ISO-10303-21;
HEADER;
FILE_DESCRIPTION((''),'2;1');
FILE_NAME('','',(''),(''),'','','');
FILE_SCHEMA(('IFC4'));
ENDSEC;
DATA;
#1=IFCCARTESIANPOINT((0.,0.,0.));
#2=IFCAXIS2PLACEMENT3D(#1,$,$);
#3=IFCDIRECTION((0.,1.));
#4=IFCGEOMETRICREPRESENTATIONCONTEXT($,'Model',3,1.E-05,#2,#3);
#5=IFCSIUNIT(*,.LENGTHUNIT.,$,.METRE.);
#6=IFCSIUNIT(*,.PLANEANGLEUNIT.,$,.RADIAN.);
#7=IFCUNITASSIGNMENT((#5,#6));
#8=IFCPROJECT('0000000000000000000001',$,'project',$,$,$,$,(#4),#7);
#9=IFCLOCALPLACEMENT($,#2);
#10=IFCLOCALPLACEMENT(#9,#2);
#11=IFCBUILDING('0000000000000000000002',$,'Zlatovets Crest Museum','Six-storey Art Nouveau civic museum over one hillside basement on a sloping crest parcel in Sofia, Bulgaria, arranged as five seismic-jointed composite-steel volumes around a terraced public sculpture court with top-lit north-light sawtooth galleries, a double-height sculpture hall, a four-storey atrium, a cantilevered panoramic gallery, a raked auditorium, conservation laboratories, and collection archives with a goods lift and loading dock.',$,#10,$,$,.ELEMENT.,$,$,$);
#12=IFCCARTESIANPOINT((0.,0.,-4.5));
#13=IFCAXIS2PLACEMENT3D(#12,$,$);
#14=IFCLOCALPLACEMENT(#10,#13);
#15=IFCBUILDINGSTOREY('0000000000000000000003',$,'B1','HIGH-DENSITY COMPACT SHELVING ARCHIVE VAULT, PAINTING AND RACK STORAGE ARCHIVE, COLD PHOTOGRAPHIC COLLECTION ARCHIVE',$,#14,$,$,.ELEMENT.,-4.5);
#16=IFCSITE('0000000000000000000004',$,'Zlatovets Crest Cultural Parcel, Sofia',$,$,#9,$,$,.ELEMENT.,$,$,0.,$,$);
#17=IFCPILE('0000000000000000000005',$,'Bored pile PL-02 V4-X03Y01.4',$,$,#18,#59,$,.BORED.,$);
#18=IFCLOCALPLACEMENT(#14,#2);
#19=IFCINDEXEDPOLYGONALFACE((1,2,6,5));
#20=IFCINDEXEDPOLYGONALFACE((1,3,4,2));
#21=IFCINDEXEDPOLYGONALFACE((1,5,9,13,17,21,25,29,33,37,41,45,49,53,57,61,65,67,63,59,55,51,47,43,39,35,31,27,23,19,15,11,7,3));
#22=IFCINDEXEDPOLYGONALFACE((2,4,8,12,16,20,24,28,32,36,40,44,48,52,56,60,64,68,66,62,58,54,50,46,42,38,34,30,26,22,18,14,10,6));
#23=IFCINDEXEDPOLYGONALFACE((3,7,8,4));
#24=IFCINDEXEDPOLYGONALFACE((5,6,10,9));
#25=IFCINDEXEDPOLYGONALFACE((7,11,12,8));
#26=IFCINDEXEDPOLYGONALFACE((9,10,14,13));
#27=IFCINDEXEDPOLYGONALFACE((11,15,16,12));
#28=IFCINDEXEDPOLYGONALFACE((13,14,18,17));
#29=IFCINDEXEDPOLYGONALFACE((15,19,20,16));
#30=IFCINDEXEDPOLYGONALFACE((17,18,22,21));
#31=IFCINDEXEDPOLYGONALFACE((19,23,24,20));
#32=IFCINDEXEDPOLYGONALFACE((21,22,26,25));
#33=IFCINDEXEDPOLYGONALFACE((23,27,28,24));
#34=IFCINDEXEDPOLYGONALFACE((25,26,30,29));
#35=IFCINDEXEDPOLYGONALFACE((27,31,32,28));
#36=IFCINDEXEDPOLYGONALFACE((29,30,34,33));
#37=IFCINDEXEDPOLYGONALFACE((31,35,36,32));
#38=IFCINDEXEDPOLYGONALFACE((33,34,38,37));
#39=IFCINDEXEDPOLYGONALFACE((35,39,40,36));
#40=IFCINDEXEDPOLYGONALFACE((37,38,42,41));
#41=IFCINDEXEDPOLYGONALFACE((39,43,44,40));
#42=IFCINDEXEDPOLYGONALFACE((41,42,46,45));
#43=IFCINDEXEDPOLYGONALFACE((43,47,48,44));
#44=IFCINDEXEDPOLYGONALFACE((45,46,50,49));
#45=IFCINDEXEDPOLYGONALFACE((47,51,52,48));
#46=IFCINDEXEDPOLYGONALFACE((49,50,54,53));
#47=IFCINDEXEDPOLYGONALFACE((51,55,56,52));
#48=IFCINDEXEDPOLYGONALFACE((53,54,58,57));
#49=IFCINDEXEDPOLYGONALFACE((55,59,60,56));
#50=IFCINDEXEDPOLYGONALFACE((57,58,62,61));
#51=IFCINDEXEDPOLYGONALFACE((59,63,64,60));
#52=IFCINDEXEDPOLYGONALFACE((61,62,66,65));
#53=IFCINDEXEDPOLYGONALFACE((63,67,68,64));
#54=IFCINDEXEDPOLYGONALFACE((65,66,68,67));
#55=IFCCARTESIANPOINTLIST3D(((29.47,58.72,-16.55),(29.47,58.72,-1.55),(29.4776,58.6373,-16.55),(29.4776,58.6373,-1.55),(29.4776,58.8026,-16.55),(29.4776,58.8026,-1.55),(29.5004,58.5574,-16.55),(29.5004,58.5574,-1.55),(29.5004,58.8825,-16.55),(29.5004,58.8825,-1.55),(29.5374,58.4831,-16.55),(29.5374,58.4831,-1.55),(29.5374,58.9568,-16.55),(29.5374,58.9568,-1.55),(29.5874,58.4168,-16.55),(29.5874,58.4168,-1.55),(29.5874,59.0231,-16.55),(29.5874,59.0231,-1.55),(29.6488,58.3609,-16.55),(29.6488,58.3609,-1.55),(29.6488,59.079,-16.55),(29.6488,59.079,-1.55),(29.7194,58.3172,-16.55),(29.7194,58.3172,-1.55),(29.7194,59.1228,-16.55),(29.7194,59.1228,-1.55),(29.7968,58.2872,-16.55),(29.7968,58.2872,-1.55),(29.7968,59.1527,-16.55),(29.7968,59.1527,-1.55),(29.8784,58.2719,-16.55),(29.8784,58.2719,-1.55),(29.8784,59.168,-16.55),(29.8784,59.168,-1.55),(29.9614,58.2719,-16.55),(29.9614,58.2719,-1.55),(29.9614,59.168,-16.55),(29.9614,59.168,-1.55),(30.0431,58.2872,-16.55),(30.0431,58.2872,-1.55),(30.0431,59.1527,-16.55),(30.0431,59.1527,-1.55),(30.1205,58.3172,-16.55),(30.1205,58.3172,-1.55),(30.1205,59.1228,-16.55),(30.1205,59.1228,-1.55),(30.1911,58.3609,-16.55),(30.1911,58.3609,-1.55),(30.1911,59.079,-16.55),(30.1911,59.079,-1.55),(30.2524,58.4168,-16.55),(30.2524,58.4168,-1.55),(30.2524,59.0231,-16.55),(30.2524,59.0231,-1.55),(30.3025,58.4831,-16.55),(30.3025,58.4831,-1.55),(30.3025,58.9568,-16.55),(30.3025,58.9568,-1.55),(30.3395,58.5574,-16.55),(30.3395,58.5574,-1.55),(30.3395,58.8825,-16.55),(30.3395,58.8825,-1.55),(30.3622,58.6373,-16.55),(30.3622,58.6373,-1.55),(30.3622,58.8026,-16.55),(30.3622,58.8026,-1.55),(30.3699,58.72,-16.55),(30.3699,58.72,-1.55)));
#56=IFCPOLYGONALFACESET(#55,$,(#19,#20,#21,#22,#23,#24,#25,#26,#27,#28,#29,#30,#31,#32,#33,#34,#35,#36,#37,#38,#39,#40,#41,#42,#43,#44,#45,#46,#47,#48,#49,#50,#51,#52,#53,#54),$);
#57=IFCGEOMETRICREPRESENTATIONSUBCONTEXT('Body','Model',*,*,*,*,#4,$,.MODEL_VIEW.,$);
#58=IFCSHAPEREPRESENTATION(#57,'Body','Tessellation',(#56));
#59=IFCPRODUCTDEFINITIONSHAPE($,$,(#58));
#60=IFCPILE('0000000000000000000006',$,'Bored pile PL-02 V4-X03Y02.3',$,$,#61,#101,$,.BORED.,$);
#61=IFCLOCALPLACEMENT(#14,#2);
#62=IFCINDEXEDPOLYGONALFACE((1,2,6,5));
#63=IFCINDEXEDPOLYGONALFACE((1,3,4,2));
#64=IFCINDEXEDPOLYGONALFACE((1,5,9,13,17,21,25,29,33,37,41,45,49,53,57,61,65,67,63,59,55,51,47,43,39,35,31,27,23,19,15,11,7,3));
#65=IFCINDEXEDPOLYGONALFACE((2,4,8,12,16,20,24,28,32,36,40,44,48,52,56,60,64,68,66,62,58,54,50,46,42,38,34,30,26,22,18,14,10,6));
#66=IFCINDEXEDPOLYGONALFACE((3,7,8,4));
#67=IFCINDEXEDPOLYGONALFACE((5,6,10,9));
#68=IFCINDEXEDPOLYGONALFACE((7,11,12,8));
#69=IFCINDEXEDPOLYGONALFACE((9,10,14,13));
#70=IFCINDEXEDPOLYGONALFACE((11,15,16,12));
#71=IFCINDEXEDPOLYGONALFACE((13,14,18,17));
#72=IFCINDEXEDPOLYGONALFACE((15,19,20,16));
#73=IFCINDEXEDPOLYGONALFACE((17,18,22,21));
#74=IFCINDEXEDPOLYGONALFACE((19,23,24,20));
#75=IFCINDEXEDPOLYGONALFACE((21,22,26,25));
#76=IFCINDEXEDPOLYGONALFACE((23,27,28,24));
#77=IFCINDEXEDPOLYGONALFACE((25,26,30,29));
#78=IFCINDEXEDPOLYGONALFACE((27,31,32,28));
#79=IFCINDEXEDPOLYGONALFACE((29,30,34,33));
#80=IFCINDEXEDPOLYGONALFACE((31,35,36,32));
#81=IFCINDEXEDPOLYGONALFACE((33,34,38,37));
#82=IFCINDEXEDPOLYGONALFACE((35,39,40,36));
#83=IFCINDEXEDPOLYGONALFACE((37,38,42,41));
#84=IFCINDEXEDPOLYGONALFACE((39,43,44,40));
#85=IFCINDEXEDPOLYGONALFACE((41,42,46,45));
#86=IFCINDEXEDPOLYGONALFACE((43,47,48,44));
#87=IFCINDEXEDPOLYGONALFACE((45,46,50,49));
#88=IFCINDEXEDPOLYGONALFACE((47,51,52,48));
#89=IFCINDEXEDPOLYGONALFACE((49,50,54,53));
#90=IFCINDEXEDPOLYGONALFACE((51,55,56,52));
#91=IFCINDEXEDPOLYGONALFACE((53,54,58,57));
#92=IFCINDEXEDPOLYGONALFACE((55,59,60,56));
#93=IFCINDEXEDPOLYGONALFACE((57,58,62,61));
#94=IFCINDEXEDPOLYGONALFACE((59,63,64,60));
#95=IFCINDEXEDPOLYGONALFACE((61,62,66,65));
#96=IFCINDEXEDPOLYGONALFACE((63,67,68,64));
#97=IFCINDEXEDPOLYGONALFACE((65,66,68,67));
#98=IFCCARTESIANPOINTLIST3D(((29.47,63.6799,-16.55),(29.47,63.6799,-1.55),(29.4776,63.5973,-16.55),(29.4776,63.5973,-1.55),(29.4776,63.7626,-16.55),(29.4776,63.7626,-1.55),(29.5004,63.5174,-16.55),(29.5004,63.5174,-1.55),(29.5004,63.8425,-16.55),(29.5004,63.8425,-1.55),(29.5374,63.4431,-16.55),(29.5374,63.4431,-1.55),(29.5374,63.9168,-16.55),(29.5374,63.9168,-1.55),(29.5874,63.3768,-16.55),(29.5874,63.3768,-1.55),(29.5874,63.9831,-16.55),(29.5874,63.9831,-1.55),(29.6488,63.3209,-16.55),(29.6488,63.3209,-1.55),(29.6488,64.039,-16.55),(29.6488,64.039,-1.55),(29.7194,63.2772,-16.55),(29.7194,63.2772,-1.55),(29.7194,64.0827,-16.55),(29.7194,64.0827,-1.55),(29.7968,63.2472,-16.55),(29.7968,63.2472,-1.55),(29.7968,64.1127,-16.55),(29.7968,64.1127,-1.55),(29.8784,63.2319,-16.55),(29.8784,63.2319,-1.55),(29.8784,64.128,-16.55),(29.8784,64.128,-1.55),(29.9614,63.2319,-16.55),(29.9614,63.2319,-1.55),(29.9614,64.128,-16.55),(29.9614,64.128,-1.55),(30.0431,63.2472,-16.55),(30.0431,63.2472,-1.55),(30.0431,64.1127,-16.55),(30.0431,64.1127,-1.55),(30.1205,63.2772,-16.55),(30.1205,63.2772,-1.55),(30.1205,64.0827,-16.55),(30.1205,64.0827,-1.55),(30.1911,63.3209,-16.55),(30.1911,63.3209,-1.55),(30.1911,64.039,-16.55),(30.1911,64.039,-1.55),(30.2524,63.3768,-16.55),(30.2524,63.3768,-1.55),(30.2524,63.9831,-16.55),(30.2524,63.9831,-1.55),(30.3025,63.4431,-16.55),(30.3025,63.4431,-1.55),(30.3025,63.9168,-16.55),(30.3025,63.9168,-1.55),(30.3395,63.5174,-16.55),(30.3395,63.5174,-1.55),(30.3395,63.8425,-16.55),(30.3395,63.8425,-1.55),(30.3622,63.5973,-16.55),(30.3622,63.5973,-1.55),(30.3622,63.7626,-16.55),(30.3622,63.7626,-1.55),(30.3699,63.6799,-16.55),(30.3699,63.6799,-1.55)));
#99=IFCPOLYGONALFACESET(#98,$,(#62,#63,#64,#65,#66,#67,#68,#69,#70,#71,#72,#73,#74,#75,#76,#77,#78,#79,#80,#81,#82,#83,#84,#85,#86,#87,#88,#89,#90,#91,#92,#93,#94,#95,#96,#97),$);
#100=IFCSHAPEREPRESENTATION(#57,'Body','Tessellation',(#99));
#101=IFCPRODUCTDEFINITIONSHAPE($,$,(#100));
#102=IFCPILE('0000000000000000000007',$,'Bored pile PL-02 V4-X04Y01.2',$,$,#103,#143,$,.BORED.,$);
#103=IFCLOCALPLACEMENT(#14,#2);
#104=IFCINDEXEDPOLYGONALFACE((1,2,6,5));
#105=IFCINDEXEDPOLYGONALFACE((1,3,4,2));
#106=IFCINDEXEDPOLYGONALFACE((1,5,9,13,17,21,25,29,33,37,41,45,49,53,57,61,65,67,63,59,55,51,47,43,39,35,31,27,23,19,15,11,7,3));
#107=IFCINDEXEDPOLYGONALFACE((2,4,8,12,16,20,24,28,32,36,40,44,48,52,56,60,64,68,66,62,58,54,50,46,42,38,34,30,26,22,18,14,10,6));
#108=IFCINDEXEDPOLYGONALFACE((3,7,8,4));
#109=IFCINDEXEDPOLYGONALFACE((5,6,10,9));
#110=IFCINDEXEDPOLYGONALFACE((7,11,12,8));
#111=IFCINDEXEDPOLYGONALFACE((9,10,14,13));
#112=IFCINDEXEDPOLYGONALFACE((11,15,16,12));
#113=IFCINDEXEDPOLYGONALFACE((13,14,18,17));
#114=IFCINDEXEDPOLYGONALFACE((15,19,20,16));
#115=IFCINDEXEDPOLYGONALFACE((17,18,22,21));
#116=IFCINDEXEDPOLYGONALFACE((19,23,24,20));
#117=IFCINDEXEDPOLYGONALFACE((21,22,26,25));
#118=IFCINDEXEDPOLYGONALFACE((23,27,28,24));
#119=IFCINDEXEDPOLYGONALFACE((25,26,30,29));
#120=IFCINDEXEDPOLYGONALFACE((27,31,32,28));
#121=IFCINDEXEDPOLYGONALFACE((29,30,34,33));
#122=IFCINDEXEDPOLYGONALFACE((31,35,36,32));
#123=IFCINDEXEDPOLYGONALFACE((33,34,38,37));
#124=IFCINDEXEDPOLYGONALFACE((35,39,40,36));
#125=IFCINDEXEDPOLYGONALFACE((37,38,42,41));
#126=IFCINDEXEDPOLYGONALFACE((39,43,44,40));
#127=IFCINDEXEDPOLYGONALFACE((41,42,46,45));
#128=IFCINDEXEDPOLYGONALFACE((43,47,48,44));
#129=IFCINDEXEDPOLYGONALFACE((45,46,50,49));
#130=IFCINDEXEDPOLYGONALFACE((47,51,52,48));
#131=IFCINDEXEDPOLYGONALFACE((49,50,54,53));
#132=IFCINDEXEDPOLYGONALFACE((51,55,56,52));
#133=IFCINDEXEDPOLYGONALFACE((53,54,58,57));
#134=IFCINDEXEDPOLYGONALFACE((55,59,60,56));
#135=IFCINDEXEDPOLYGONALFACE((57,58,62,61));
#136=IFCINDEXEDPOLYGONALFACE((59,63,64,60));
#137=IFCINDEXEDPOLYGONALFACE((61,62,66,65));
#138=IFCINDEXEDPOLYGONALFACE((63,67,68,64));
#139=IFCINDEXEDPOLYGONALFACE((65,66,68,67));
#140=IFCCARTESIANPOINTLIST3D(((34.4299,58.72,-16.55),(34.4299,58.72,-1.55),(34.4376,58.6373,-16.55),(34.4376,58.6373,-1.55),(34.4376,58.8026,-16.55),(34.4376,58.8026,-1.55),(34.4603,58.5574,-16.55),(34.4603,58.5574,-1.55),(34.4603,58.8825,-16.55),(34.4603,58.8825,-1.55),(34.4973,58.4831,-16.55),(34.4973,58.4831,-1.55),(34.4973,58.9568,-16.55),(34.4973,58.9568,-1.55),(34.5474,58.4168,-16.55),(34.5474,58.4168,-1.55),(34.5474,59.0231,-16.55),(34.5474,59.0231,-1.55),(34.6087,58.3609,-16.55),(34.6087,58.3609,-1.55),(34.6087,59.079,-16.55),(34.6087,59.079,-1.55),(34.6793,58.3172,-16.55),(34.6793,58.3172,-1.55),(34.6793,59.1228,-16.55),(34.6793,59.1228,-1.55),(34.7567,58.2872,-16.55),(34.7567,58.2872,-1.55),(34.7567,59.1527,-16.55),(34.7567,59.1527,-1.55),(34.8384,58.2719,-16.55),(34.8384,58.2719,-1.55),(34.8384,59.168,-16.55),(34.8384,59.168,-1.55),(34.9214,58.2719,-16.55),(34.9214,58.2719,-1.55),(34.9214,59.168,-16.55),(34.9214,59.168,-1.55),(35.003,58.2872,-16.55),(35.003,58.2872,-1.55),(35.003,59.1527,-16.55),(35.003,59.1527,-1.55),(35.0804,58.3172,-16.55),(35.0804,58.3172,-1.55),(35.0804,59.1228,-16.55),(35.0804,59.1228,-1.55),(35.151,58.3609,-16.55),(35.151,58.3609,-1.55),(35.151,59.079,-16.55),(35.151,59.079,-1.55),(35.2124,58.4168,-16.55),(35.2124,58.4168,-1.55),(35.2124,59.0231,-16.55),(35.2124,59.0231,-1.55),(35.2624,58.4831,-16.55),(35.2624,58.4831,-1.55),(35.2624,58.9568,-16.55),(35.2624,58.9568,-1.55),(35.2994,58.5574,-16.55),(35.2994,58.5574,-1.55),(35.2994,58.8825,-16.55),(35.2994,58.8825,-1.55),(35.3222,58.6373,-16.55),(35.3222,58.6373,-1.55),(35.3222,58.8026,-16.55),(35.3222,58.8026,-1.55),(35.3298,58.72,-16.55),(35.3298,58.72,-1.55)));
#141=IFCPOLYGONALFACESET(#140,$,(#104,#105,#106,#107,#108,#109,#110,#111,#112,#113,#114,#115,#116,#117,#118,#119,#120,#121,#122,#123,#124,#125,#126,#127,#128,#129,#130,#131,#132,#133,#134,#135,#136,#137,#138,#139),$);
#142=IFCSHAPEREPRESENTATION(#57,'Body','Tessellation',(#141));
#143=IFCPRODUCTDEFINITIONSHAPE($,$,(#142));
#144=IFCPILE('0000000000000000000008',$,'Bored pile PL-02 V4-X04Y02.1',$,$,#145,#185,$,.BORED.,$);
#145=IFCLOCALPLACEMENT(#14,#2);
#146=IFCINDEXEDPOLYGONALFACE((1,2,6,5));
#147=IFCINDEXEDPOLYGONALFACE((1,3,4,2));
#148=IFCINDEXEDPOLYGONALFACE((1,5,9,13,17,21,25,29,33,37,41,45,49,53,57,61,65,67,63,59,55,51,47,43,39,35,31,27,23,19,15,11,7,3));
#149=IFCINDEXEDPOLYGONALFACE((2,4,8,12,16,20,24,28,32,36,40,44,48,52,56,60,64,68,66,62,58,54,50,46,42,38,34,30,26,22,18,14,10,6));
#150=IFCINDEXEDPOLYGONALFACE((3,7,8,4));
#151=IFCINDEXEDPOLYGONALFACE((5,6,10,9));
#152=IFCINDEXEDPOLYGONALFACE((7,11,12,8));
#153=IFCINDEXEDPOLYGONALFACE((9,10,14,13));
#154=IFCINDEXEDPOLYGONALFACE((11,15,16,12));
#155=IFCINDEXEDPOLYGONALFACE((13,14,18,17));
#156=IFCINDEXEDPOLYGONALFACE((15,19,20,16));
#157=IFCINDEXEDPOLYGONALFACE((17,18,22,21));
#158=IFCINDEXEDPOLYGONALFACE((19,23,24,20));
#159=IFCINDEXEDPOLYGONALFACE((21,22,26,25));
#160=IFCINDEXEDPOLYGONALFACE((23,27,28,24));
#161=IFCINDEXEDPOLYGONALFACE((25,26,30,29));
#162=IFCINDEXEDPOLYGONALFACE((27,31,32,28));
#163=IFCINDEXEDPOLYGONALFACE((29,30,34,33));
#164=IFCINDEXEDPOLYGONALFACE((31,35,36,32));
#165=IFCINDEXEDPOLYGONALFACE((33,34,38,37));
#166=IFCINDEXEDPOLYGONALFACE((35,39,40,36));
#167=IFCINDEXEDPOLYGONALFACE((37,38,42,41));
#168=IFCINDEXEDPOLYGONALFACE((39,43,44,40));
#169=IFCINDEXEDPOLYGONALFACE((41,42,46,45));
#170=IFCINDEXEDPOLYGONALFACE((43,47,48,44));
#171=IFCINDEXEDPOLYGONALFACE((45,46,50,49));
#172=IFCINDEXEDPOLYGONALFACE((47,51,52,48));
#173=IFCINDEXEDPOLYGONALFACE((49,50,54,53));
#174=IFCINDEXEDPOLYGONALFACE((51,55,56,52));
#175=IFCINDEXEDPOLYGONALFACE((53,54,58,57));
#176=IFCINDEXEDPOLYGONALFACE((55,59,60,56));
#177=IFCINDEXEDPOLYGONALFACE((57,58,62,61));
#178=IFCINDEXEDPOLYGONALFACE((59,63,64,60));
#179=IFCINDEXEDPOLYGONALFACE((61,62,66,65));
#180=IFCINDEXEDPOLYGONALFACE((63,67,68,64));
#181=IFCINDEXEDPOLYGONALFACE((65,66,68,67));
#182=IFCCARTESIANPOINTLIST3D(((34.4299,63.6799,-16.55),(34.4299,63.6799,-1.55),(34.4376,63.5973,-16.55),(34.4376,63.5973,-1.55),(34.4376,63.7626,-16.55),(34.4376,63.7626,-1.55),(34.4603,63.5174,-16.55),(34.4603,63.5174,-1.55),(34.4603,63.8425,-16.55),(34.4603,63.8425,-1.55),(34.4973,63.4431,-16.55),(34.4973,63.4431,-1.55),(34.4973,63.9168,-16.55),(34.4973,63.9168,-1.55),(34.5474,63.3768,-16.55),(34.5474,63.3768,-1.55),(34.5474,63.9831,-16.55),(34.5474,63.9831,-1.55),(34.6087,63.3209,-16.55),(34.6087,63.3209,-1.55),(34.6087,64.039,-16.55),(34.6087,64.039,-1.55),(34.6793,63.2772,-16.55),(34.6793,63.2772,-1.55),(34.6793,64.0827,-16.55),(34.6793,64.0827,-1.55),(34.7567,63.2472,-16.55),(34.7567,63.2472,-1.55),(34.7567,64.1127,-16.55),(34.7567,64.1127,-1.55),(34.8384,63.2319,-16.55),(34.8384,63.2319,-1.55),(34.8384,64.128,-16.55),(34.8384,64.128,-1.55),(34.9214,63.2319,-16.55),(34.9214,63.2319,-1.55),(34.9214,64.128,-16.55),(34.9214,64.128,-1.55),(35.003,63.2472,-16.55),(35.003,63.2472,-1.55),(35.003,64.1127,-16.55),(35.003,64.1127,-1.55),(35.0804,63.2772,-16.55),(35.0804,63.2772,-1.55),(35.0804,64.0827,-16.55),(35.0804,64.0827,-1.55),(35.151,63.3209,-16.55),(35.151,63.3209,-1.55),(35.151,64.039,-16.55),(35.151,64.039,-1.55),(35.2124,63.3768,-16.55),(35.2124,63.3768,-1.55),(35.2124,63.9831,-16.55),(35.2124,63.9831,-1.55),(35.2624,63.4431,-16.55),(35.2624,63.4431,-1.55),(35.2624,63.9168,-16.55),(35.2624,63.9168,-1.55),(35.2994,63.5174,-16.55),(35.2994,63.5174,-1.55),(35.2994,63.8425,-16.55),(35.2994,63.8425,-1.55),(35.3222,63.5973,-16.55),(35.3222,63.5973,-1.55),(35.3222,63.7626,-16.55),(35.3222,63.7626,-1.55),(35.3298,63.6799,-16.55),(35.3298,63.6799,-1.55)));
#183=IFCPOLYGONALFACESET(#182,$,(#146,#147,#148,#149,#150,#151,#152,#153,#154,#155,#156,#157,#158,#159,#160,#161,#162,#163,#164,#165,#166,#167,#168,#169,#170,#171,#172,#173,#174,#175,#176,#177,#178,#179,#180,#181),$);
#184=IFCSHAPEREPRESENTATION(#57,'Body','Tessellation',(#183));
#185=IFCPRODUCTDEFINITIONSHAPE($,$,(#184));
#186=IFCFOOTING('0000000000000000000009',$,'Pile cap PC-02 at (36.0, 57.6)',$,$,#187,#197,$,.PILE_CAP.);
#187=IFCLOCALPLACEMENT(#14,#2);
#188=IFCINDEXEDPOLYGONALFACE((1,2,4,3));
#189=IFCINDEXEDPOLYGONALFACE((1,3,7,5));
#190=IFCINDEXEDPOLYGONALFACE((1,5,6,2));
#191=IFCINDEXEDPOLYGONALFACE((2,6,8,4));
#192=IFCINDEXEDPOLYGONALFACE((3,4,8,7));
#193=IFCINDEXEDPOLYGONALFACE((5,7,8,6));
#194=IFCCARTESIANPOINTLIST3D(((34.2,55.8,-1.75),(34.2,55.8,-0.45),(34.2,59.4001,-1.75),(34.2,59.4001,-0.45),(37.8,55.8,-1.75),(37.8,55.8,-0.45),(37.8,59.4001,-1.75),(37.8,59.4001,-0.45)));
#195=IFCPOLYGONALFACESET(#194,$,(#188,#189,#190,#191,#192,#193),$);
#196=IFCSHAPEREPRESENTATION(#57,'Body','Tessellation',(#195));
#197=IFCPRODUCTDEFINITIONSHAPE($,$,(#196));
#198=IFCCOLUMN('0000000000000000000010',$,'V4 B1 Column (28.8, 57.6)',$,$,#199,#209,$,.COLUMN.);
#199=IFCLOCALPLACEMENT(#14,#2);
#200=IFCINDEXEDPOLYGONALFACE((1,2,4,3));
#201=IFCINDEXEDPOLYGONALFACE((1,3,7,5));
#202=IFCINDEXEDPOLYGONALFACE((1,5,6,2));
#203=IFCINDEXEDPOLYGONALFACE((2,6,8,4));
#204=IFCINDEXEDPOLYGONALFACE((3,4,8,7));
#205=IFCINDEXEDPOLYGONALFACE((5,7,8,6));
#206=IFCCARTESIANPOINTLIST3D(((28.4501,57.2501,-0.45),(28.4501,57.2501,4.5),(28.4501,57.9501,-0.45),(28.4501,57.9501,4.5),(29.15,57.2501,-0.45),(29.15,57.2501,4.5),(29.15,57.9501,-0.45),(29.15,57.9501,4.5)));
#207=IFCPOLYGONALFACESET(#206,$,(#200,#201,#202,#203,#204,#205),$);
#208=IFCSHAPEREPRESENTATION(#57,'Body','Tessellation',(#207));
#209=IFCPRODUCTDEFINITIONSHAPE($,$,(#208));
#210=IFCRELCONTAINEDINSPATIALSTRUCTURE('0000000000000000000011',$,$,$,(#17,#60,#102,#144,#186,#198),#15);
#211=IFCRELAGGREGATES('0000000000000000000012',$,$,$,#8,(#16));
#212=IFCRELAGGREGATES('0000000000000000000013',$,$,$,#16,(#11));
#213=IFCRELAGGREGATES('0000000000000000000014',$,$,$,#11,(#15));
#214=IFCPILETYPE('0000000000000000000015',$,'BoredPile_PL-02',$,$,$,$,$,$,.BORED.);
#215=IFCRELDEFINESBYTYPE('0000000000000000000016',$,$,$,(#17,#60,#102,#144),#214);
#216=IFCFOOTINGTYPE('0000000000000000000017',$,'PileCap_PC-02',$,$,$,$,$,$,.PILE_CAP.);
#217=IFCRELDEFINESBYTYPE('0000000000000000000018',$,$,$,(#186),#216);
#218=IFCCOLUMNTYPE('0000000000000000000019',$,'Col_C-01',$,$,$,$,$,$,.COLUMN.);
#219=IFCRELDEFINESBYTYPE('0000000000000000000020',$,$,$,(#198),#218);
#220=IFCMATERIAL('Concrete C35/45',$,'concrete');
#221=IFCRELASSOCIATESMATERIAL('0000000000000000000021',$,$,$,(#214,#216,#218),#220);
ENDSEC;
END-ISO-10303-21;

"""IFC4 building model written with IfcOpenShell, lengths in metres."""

from ifc_helpers import new_model, si_unit, direction, frame, origin, origin_2d, place, context, subcontext, project, spatial, rectangle, circle, extrude, material, material_profile, profile_set, type_object, element, save


model = new_model("IFC4")

# Units and contexts
model_context = context("Model", 3, precision=1e-05, world=origin(), true_north=direction((0.0, 1.0)))
body_context = subcontext(model_context, "Body", "Model", "MODEL_VIEW")
ifc_project = project(units=[si_unit("LENGTHUNIT", "METRE"), si_unit("PLANEANGLEUNIT", "RADIAN")], contexts=[model_context])

# Site, building, storey
site_placement = place(None, origin())
site = spatial("IfcSite", under=ifc_project, at=site_placement, Name="Zlatovets Crest Cultural Parcel, Sofia", CompositionType="ELEMENT", RefElevation=0.0)
building_placement = place(site_placement, origin())
building = spatial("IfcBuilding", under=site, at=building_placement, Name="Zlatovets Crest Museum", Description="Six-storey Art Nouveau civic museum over one hillside basement on a sloping crest parcel in Sofia, Bulgaria, arranged as five seismic-jointed composite-steel volumes around a terraced public sculpture court with top-lit north-light sawtooth galleries, a double-height sculpture hall, a four-storey atrium, a cantilevered panoramic gallery, a raked auditorium, conservation laboratories, and collection archives with a goods lift and loading dock.", CompositionType="ELEMENT")
storey_placement = place(building_placement, frame((0.0, 0.0, -4.5)))
storey = spatial("IfcBuildingStorey", under=building, at=storey_placement, Name="B1", Description="HIGH-DENSITY COMPACT SHELVING ARCHIVE VAULT, PAINTING AND RACK STORAGE ARCHIVE, COLD PHOTOGRAPHIC COLLECTION ARCHIVE", CompositionType="ELEMENT", Elevation=-4.5)

# Piles
ifc_material_1 = material(Name="Concrete C35/45", Category="concrete")
ifc_material_profile_1 = material_profile(ifc_material_1, circle(Radius=0.45, at=origin_2d()), Name="PILE D900")
ifc_profile_set_1 = profile_set([ifc_material_profile_1], Name="Concrete C35/45")
pile_type = type_object("IfcPileType", Name="BoredPile_PL-02", PredefinedType="BORED", material=ifc_profile_set_1)
for number, where, z_axis, x_axis, name in (
    (1, (29.9199, 58.72, -1.55), (0.0, 0.0, -1.0), (1.0, 0.0, 0.0), "Bored pile PL-02 V4-X03Y01.4"),
    (2, (29.9199, 63.6799, -1.55), (0.0, 0.0, -1.0), (1.0, 0.0, 0.0), "Bored pile PL-02 V4-X03Y02.3"),
    (3, (34.8799, 58.72, -1.55), (0.0, 0.0, -1.0), (1.0, 0.0, 0.0), "Bored pile PL-02 V4-X04Y01.2"),
    (4, (34.8799, 63.6799, -1.55), (0.0, 0.0, -1.0), (1.0, 0.0, 0.0), "Bored pile PL-02 V4-X04Y02.1"),
):
    element("IfcPile", number, at=place(storey_placement, frame(where, z_axis=z_axis, x_axis=x_axis)), inside=storey, type_object=pile_type, Name=name, PredefinedType="BORED", context=body_context, shape_type="SweptSolid", body=[
        extrude(circle(Radius=0.45, at=origin_2d()), origin(), (0.0, 0.0, 1.0), 15.0),
    ])

# Footing
footing_type = type_object("IfcFootingType", Name="PileCap_PC-02", PredefinedType="PILE_CAP", material=ifc_material_1)
footing_placement = place(storey_placement, frame((36.0, 57.6001, -1.75), z_axis=(0.0, 0.0, 1.0), x_axis=(1.0, 0.0, 0.0)))
element("IfcFooting", 5, at=footing_placement, inside=storey, type_object=footing_type, Name="Pile cap PC-02 at (36.0, 57.6)", PredefinedType="PILE_CAP", context=body_context, shape_type="SweptSolid", body=[
    extrude(rectangle(XDim=3.6001, YDim=3.6001, at=origin_2d()), origin(), (0.0, 0.0, 1.0), 1.3),
])

# Column
ifc_material_profile_2 = material_profile(ifc_material_1, rectangle(XDim=0.7, YDim=0.7, at=origin_2d()), Name="RC 700x700")
ifc_profile_set_2 = profile_set([ifc_material_profile_2], Name="Concrete C35/45")
column_type = type_object("IfcColumnType", Name="Col_C-01", PredefinedType="COLUMN", material=ifc_profile_set_2)
column_placement = place(storey_placement, frame((28.8, 57.6001, -0.45), z_axis=(0.0, 0.0, 1.0), x_axis=(1.0, 0.0, 0.0)))
element("IfcColumn", 6, at=column_placement, inside=storey, type_object=column_type, Name="V4 B1 Column (28.8, 57.6)", PredefinedType="COLUMN", context=body_context, shape_type="SweptSolid", body=[
    extrude(rectangle(XDim=0.7, YDim=0.7, at=origin_2d()), origin(), (0.0, 0.0, 1.0), 4.95),
])

save(model, "model.ifc")
